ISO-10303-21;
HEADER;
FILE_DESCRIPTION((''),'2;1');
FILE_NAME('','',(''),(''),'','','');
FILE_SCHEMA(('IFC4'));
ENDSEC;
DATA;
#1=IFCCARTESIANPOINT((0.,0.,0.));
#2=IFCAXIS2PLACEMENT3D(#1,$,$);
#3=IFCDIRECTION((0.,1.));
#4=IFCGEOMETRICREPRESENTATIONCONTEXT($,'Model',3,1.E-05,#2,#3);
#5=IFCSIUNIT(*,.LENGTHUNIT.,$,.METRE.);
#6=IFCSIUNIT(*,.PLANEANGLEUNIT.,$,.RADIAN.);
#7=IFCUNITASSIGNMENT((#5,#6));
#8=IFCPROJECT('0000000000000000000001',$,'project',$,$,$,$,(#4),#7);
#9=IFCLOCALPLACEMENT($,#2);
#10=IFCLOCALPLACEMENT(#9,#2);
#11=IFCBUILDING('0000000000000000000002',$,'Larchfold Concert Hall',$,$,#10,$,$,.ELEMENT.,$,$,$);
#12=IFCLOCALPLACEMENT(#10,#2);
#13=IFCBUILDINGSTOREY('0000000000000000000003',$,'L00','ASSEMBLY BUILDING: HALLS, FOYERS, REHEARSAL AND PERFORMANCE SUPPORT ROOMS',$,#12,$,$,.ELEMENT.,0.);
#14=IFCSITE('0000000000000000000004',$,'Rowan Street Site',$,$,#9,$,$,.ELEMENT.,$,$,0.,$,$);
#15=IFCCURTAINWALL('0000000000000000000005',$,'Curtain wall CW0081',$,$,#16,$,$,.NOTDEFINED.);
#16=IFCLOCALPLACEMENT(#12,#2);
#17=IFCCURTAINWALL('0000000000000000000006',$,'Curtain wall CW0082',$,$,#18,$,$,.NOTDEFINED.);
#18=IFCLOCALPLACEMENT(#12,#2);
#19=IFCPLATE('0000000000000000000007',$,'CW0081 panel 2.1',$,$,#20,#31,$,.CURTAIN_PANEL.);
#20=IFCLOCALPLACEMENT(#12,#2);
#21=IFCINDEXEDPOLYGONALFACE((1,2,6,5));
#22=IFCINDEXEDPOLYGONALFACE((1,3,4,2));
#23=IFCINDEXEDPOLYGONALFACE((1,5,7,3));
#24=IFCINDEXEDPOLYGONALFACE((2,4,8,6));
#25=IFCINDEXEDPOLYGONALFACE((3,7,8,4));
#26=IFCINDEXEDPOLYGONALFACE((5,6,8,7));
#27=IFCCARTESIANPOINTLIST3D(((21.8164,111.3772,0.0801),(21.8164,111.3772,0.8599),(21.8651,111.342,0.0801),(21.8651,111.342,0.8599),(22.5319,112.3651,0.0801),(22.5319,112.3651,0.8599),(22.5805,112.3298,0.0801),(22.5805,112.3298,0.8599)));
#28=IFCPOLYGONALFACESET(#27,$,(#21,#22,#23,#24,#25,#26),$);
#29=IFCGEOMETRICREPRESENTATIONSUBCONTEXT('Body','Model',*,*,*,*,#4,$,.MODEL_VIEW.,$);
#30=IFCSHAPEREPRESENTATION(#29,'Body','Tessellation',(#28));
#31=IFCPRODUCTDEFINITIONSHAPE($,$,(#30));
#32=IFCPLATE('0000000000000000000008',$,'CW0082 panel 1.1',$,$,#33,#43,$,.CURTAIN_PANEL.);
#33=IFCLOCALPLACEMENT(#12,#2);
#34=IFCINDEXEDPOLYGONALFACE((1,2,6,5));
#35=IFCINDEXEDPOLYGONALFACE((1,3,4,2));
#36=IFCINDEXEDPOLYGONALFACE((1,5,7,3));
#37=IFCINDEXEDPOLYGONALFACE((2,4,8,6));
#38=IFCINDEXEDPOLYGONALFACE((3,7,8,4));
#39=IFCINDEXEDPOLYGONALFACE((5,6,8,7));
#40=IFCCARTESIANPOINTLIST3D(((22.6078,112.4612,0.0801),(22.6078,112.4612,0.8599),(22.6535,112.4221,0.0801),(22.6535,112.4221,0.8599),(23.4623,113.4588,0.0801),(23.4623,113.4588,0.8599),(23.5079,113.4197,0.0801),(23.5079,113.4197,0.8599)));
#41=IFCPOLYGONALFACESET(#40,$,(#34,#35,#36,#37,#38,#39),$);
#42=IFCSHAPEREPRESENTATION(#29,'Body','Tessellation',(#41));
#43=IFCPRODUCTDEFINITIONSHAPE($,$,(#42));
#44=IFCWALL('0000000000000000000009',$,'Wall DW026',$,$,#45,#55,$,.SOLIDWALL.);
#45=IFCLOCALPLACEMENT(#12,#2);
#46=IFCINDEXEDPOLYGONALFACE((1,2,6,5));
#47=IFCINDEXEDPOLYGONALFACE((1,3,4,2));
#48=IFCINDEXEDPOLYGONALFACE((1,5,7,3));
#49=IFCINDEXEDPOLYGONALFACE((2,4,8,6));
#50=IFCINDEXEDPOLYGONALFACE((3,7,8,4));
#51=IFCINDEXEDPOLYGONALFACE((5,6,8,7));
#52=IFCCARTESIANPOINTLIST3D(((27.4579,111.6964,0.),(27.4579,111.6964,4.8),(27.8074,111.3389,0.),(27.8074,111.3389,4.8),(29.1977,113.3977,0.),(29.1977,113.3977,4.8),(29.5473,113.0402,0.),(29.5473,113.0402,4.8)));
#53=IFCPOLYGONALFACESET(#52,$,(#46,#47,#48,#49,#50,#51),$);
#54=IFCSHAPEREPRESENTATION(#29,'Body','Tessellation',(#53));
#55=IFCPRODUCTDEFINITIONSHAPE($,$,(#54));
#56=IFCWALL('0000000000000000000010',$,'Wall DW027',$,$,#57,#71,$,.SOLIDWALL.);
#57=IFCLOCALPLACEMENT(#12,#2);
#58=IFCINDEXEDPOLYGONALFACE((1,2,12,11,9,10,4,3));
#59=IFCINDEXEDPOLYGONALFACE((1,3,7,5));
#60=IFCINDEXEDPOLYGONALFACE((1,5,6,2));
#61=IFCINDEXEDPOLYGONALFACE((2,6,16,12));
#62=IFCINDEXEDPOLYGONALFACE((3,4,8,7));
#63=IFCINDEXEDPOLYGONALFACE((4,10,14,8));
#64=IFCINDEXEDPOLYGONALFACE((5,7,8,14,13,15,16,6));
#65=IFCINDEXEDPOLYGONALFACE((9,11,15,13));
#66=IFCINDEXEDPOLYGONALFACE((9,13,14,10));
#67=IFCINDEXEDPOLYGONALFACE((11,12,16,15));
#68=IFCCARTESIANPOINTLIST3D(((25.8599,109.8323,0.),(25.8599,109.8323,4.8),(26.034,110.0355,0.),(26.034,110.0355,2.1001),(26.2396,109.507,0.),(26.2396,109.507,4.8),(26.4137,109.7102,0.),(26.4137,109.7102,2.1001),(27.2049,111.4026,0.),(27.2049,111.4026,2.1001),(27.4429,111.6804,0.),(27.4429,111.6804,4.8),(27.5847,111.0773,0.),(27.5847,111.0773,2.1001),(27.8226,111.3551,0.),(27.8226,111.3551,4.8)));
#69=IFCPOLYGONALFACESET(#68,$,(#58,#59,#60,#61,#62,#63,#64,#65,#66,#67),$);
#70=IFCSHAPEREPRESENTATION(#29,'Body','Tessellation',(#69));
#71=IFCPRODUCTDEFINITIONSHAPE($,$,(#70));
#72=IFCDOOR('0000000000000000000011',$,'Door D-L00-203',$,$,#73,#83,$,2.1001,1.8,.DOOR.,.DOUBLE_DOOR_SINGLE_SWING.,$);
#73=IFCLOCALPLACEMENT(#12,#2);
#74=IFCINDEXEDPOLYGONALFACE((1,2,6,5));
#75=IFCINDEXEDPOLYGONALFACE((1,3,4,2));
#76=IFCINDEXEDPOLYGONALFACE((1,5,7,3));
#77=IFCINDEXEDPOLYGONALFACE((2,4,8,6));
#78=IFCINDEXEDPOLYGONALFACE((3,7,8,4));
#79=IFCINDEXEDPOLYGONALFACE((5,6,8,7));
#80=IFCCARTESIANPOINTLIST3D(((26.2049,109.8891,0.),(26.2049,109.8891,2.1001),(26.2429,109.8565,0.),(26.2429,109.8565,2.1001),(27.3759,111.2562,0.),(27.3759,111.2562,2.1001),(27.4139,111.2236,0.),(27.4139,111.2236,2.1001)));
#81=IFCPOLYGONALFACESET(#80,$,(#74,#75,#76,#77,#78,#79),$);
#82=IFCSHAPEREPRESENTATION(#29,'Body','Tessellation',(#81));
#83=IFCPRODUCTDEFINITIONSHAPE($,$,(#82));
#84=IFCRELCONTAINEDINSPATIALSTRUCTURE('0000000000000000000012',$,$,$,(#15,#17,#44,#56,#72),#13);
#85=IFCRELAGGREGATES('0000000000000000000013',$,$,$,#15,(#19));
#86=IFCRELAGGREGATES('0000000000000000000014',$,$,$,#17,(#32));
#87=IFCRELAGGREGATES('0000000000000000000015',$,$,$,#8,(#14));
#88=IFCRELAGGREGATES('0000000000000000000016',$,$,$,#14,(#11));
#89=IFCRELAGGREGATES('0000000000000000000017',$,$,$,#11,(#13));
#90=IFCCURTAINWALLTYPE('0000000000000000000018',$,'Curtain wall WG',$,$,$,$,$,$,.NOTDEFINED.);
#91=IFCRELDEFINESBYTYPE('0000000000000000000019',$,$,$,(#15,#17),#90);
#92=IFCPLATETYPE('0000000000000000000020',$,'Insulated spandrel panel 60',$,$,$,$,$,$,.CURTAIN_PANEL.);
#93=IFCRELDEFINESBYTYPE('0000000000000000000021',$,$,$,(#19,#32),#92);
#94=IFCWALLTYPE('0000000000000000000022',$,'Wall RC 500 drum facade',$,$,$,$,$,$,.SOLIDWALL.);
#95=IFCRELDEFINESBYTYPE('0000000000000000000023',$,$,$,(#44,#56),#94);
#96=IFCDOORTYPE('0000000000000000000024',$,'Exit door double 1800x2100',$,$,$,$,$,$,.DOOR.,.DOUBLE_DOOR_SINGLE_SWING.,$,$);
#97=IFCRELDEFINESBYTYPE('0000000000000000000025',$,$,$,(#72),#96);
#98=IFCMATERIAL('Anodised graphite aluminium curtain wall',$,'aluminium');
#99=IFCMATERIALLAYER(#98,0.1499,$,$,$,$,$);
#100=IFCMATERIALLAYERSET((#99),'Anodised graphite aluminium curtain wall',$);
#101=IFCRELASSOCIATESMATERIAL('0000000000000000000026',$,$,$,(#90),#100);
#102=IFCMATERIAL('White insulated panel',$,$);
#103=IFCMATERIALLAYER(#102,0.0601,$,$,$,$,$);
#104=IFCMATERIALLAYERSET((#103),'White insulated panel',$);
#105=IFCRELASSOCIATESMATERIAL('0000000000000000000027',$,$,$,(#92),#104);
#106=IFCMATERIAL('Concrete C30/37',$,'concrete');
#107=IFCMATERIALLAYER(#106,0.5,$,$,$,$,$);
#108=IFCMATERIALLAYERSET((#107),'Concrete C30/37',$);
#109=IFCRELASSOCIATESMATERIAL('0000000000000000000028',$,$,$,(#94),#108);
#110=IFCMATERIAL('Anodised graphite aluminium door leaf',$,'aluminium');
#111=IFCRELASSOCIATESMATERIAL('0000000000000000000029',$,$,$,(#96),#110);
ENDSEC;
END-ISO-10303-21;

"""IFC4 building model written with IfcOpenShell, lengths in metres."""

from ifc_helpers import new_model, si_unit, direction, frame, frame_2d, origin, origin_2d, place, context, subcontext, project, spatial, rectangle, extrude, material, layer, layer_set, type_object, element, fill, aggregate, save


model = new_model("IFC4")

# Units and contexts
model_context = context("Model", 3, precision=1e-05, world=origin(), true_north=direction((0.0, 1.0)))
body_context = subcontext(model_context, "Body", "Model", "MODEL_VIEW")
ifc_project = project(units=[si_unit("LENGTHUNIT", "METRE"), si_unit("PLANEANGLEUNIT", "RADIAN")], contexts=[model_context])

# Site, building, storey
site_placement = place(None, origin())
site = spatial("IfcSite", under=ifc_project, at=site_placement, Name="Rowan Street Site", CompositionType="ELEMENT", RefElevation=0.0)
building_placement = place(site_placement, origin())
building = spatial("IfcBuilding", under=site, at=building_placement, Name="Larchfold Concert Hall", CompositionType="ELEMENT")
storey_placement = place(building_placement, origin())
storey = spatial("IfcBuildingStorey", under=building, at=storey_placement, Name="L00", Description="ASSEMBLY BUILDING: HALLS, FOYERS, REHEARSAL AND PERFORMANCE SUPPORT ROOMS", CompositionType="ELEMENT", Elevation=0.0)

# Curtain walls
ifc_material_1 = material(Name="Anodised graphite aluminium curtain wall", Category="aluminium")
ifc_layer_1 = layer(ifc_material_1, 0.1499)
ifc_layer_set_1 = layer_set([ifc_layer_1], Name="Anodised graphite aluminium curtain wall")
curtain_wall_type = type_object("IfcCurtainWallType", Name="Curtain wall WG", PredefinedType="NOTDEFINED", material=ifc_layer_set_1)
curtain_wall_1_placement = place(storey_placement, origin())
curtain_wall_1 = element("IfcCurtainWall", 1, at=curtain_wall_1_placement, inside=storey, type_object=curtain_wall_type, Name="Curtain wall CW0081", PredefinedType="NOTDEFINED")
curtain_wall_2_placement = place(storey_placement, origin())
curtain_wall_2 = element("IfcCurtainWall", 2, at=curtain_wall_2_placement, inside=storey, type_object=curtain_wall_type, Name="Curtain wall CW0082", PredefinedType="NOTDEFINED")

# Plates
ifc_material_2 = material(Name="White insulated panel")
ifc_layer_2 = layer(ifc_material_2, 0.0601)
ifc_layer_set_2 = layer_set([ifc_layer_2], Name="White insulated panel")
plate_type_1 = type_object("IfcPlateType", Name="Insulated spandrel panel 60", PredefinedType="CURTAIN_PANEL", material=ifc_layer_set_2)
plate_1_placement = place(storey_placement, frame((22.1985, 111.8535, 0.0801), z_axis=(0.0, 0.0, 1.0), x_axis=(0.586586, 0.809887, 0.0)))
plate_1 = element("IfcPlate", 3, at=plate_1_placement, type_object=plate_type_1, Name="CW0081 panel 2.1", PredefinedType="CURTAIN_PANEL", context=body_context, shape_type="SweptSolid", body=[
    extrude(rectangle(XDim=1.2197, YDim=0.0601, at=origin_2d()), origin(), (0.0, 0.0, 1.0), 0.7798),
])
aggregate(curtain_wall_1, [plate_1])
plate_2_placement = place(storey_placement, frame((23.0579, 112.9404, 0.0801), z_axis=(0.0, 0.0, 1.0), x_axis=(0.650512, 0.759496, 0.0)))
plate_2 = element("IfcPlate", 4, at=plate_2_placement, type_object=plate_type_1, Name="CW0082 panel 1.1", PredefinedType="CURTAIN_PANEL", context=body_context, shape_type="SweptSolid", body=[
    extrude(rectangle(XDim=1.3135, YDim=0.0601, at=origin_2d()), origin(), (0.0, 0.0, 1.0), 0.7798),
])
aggregate(curtain_wall_2, [plate_2])

# Wall
ifc_material_3 = material(Name="Concrete C30/37", Category="concrete")
ifc_layer_3 = layer(ifc_material_3, 0.5)
ifc_layer_set_3 = layer_set([ifc_layer_3], Name="Concrete C30/37")
wall_type = type_object("IfcWallType", Name="Wall RC 500 drum facade", PredefinedType="SOLIDWALL", material=ifc_layer_set_3)
wall_1_placement = place(storey_placement, frame((29.3726, 113.219, 0.0), z_axis=(0.0, 0.0, 1.0), x_axis=(-0.714989, -0.699136, 0.0)))
element("IfcWall", 5, at=wall_1_placement, inside=storey, type_object=wall_type, Name="Wall DW026", PredefinedType="SOLIDWALL", context=body_context, shape_type="SweptSolid", body=[
    extrude(rectangle(XDim=2.4333, YDim=0.5, at=frame_2d((1.2168, 0.0))), origin(), (0.0, 0.0, 1.0), 4.8),
])

# Wall, opening, door
wall_2_placement = place(storey_placement, frame((27.6328, 111.5178, 0.0), z_axis=(0.0, 0.0, 1.0), x_axis=(-0.650527, -0.759483, 0.0)))
wall_2 = element("IfcWall", 6, at=wall_2_placement, inside=storey, type_object=wall_type, Name="Wall DW027", PredefinedType="SOLIDWALL", context=body_context, shape_type="SweptSolid", body=[
    extrude(rectangle(XDim=2.4333, YDim=0.5, at=frame_2d((1.2168, 0.0))), origin(), (0.0, 0.0, 1.0), 4.8),
])
opening_placement = place(wall_2_placement, frame((2.1658, 0.0, 0.0), z_axis=(0.0, 0.0, 1.0), x_axis=(-1.0, 0.0, 0.0)))
opening = element("IfcOpeningElement", 7, at=opening_placement, cuts=wall_2, PredefinedType="OPENING", context=body_context, shape_type="SweptSolid", body=[
    extrude(rectangle(XDim=1.8, YDim=2.1001, at=frame_2d((0.8999, 1.05))), frame((0.0, 0.26, 0.0), z_axis=(0.0, -1.0, 0.0), x_axis=(1.0, 0.0, 0.0)), (0.0, 0.0, 1.0), 0.52),
])
ifc_material_4 = material(Name="Anodised graphite aluminium door leaf", Category="aluminium")
door_type = type_object("IfcDoorType", Name="Exit door double 1800x2100", OperationType="DOUBLE_DOOR_SINGLE_SWING", PredefinedType="DOOR", material=ifc_material_4)
door_placement = place(opening_placement, origin())
door = element("IfcDoor", 8, at=door_placement, inside=storey, type_object=door_type, Name="Door D-L00-203", OperationType="DOUBLE_DOOR_SINGLE_SWING", OverallHeight=2.1001, OverallWidth=1.8, PredefinedType="DOOR", context=body_context, shape_type="SweptSolid", body=[
    extrude(rectangle(XDim=1.8, YDim=2.1001, at=frame_2d((0.8999, 1.05))), frame((0.0, 0.0249, 0.0), z_axis=(0.0, -1.0, 0.0), x_axis=(1.0, 0.0, 0.0)), (0.0, 0.0, 1.0), 0.05),
])
fill(opening, door)

save(model, "model.ifc")
